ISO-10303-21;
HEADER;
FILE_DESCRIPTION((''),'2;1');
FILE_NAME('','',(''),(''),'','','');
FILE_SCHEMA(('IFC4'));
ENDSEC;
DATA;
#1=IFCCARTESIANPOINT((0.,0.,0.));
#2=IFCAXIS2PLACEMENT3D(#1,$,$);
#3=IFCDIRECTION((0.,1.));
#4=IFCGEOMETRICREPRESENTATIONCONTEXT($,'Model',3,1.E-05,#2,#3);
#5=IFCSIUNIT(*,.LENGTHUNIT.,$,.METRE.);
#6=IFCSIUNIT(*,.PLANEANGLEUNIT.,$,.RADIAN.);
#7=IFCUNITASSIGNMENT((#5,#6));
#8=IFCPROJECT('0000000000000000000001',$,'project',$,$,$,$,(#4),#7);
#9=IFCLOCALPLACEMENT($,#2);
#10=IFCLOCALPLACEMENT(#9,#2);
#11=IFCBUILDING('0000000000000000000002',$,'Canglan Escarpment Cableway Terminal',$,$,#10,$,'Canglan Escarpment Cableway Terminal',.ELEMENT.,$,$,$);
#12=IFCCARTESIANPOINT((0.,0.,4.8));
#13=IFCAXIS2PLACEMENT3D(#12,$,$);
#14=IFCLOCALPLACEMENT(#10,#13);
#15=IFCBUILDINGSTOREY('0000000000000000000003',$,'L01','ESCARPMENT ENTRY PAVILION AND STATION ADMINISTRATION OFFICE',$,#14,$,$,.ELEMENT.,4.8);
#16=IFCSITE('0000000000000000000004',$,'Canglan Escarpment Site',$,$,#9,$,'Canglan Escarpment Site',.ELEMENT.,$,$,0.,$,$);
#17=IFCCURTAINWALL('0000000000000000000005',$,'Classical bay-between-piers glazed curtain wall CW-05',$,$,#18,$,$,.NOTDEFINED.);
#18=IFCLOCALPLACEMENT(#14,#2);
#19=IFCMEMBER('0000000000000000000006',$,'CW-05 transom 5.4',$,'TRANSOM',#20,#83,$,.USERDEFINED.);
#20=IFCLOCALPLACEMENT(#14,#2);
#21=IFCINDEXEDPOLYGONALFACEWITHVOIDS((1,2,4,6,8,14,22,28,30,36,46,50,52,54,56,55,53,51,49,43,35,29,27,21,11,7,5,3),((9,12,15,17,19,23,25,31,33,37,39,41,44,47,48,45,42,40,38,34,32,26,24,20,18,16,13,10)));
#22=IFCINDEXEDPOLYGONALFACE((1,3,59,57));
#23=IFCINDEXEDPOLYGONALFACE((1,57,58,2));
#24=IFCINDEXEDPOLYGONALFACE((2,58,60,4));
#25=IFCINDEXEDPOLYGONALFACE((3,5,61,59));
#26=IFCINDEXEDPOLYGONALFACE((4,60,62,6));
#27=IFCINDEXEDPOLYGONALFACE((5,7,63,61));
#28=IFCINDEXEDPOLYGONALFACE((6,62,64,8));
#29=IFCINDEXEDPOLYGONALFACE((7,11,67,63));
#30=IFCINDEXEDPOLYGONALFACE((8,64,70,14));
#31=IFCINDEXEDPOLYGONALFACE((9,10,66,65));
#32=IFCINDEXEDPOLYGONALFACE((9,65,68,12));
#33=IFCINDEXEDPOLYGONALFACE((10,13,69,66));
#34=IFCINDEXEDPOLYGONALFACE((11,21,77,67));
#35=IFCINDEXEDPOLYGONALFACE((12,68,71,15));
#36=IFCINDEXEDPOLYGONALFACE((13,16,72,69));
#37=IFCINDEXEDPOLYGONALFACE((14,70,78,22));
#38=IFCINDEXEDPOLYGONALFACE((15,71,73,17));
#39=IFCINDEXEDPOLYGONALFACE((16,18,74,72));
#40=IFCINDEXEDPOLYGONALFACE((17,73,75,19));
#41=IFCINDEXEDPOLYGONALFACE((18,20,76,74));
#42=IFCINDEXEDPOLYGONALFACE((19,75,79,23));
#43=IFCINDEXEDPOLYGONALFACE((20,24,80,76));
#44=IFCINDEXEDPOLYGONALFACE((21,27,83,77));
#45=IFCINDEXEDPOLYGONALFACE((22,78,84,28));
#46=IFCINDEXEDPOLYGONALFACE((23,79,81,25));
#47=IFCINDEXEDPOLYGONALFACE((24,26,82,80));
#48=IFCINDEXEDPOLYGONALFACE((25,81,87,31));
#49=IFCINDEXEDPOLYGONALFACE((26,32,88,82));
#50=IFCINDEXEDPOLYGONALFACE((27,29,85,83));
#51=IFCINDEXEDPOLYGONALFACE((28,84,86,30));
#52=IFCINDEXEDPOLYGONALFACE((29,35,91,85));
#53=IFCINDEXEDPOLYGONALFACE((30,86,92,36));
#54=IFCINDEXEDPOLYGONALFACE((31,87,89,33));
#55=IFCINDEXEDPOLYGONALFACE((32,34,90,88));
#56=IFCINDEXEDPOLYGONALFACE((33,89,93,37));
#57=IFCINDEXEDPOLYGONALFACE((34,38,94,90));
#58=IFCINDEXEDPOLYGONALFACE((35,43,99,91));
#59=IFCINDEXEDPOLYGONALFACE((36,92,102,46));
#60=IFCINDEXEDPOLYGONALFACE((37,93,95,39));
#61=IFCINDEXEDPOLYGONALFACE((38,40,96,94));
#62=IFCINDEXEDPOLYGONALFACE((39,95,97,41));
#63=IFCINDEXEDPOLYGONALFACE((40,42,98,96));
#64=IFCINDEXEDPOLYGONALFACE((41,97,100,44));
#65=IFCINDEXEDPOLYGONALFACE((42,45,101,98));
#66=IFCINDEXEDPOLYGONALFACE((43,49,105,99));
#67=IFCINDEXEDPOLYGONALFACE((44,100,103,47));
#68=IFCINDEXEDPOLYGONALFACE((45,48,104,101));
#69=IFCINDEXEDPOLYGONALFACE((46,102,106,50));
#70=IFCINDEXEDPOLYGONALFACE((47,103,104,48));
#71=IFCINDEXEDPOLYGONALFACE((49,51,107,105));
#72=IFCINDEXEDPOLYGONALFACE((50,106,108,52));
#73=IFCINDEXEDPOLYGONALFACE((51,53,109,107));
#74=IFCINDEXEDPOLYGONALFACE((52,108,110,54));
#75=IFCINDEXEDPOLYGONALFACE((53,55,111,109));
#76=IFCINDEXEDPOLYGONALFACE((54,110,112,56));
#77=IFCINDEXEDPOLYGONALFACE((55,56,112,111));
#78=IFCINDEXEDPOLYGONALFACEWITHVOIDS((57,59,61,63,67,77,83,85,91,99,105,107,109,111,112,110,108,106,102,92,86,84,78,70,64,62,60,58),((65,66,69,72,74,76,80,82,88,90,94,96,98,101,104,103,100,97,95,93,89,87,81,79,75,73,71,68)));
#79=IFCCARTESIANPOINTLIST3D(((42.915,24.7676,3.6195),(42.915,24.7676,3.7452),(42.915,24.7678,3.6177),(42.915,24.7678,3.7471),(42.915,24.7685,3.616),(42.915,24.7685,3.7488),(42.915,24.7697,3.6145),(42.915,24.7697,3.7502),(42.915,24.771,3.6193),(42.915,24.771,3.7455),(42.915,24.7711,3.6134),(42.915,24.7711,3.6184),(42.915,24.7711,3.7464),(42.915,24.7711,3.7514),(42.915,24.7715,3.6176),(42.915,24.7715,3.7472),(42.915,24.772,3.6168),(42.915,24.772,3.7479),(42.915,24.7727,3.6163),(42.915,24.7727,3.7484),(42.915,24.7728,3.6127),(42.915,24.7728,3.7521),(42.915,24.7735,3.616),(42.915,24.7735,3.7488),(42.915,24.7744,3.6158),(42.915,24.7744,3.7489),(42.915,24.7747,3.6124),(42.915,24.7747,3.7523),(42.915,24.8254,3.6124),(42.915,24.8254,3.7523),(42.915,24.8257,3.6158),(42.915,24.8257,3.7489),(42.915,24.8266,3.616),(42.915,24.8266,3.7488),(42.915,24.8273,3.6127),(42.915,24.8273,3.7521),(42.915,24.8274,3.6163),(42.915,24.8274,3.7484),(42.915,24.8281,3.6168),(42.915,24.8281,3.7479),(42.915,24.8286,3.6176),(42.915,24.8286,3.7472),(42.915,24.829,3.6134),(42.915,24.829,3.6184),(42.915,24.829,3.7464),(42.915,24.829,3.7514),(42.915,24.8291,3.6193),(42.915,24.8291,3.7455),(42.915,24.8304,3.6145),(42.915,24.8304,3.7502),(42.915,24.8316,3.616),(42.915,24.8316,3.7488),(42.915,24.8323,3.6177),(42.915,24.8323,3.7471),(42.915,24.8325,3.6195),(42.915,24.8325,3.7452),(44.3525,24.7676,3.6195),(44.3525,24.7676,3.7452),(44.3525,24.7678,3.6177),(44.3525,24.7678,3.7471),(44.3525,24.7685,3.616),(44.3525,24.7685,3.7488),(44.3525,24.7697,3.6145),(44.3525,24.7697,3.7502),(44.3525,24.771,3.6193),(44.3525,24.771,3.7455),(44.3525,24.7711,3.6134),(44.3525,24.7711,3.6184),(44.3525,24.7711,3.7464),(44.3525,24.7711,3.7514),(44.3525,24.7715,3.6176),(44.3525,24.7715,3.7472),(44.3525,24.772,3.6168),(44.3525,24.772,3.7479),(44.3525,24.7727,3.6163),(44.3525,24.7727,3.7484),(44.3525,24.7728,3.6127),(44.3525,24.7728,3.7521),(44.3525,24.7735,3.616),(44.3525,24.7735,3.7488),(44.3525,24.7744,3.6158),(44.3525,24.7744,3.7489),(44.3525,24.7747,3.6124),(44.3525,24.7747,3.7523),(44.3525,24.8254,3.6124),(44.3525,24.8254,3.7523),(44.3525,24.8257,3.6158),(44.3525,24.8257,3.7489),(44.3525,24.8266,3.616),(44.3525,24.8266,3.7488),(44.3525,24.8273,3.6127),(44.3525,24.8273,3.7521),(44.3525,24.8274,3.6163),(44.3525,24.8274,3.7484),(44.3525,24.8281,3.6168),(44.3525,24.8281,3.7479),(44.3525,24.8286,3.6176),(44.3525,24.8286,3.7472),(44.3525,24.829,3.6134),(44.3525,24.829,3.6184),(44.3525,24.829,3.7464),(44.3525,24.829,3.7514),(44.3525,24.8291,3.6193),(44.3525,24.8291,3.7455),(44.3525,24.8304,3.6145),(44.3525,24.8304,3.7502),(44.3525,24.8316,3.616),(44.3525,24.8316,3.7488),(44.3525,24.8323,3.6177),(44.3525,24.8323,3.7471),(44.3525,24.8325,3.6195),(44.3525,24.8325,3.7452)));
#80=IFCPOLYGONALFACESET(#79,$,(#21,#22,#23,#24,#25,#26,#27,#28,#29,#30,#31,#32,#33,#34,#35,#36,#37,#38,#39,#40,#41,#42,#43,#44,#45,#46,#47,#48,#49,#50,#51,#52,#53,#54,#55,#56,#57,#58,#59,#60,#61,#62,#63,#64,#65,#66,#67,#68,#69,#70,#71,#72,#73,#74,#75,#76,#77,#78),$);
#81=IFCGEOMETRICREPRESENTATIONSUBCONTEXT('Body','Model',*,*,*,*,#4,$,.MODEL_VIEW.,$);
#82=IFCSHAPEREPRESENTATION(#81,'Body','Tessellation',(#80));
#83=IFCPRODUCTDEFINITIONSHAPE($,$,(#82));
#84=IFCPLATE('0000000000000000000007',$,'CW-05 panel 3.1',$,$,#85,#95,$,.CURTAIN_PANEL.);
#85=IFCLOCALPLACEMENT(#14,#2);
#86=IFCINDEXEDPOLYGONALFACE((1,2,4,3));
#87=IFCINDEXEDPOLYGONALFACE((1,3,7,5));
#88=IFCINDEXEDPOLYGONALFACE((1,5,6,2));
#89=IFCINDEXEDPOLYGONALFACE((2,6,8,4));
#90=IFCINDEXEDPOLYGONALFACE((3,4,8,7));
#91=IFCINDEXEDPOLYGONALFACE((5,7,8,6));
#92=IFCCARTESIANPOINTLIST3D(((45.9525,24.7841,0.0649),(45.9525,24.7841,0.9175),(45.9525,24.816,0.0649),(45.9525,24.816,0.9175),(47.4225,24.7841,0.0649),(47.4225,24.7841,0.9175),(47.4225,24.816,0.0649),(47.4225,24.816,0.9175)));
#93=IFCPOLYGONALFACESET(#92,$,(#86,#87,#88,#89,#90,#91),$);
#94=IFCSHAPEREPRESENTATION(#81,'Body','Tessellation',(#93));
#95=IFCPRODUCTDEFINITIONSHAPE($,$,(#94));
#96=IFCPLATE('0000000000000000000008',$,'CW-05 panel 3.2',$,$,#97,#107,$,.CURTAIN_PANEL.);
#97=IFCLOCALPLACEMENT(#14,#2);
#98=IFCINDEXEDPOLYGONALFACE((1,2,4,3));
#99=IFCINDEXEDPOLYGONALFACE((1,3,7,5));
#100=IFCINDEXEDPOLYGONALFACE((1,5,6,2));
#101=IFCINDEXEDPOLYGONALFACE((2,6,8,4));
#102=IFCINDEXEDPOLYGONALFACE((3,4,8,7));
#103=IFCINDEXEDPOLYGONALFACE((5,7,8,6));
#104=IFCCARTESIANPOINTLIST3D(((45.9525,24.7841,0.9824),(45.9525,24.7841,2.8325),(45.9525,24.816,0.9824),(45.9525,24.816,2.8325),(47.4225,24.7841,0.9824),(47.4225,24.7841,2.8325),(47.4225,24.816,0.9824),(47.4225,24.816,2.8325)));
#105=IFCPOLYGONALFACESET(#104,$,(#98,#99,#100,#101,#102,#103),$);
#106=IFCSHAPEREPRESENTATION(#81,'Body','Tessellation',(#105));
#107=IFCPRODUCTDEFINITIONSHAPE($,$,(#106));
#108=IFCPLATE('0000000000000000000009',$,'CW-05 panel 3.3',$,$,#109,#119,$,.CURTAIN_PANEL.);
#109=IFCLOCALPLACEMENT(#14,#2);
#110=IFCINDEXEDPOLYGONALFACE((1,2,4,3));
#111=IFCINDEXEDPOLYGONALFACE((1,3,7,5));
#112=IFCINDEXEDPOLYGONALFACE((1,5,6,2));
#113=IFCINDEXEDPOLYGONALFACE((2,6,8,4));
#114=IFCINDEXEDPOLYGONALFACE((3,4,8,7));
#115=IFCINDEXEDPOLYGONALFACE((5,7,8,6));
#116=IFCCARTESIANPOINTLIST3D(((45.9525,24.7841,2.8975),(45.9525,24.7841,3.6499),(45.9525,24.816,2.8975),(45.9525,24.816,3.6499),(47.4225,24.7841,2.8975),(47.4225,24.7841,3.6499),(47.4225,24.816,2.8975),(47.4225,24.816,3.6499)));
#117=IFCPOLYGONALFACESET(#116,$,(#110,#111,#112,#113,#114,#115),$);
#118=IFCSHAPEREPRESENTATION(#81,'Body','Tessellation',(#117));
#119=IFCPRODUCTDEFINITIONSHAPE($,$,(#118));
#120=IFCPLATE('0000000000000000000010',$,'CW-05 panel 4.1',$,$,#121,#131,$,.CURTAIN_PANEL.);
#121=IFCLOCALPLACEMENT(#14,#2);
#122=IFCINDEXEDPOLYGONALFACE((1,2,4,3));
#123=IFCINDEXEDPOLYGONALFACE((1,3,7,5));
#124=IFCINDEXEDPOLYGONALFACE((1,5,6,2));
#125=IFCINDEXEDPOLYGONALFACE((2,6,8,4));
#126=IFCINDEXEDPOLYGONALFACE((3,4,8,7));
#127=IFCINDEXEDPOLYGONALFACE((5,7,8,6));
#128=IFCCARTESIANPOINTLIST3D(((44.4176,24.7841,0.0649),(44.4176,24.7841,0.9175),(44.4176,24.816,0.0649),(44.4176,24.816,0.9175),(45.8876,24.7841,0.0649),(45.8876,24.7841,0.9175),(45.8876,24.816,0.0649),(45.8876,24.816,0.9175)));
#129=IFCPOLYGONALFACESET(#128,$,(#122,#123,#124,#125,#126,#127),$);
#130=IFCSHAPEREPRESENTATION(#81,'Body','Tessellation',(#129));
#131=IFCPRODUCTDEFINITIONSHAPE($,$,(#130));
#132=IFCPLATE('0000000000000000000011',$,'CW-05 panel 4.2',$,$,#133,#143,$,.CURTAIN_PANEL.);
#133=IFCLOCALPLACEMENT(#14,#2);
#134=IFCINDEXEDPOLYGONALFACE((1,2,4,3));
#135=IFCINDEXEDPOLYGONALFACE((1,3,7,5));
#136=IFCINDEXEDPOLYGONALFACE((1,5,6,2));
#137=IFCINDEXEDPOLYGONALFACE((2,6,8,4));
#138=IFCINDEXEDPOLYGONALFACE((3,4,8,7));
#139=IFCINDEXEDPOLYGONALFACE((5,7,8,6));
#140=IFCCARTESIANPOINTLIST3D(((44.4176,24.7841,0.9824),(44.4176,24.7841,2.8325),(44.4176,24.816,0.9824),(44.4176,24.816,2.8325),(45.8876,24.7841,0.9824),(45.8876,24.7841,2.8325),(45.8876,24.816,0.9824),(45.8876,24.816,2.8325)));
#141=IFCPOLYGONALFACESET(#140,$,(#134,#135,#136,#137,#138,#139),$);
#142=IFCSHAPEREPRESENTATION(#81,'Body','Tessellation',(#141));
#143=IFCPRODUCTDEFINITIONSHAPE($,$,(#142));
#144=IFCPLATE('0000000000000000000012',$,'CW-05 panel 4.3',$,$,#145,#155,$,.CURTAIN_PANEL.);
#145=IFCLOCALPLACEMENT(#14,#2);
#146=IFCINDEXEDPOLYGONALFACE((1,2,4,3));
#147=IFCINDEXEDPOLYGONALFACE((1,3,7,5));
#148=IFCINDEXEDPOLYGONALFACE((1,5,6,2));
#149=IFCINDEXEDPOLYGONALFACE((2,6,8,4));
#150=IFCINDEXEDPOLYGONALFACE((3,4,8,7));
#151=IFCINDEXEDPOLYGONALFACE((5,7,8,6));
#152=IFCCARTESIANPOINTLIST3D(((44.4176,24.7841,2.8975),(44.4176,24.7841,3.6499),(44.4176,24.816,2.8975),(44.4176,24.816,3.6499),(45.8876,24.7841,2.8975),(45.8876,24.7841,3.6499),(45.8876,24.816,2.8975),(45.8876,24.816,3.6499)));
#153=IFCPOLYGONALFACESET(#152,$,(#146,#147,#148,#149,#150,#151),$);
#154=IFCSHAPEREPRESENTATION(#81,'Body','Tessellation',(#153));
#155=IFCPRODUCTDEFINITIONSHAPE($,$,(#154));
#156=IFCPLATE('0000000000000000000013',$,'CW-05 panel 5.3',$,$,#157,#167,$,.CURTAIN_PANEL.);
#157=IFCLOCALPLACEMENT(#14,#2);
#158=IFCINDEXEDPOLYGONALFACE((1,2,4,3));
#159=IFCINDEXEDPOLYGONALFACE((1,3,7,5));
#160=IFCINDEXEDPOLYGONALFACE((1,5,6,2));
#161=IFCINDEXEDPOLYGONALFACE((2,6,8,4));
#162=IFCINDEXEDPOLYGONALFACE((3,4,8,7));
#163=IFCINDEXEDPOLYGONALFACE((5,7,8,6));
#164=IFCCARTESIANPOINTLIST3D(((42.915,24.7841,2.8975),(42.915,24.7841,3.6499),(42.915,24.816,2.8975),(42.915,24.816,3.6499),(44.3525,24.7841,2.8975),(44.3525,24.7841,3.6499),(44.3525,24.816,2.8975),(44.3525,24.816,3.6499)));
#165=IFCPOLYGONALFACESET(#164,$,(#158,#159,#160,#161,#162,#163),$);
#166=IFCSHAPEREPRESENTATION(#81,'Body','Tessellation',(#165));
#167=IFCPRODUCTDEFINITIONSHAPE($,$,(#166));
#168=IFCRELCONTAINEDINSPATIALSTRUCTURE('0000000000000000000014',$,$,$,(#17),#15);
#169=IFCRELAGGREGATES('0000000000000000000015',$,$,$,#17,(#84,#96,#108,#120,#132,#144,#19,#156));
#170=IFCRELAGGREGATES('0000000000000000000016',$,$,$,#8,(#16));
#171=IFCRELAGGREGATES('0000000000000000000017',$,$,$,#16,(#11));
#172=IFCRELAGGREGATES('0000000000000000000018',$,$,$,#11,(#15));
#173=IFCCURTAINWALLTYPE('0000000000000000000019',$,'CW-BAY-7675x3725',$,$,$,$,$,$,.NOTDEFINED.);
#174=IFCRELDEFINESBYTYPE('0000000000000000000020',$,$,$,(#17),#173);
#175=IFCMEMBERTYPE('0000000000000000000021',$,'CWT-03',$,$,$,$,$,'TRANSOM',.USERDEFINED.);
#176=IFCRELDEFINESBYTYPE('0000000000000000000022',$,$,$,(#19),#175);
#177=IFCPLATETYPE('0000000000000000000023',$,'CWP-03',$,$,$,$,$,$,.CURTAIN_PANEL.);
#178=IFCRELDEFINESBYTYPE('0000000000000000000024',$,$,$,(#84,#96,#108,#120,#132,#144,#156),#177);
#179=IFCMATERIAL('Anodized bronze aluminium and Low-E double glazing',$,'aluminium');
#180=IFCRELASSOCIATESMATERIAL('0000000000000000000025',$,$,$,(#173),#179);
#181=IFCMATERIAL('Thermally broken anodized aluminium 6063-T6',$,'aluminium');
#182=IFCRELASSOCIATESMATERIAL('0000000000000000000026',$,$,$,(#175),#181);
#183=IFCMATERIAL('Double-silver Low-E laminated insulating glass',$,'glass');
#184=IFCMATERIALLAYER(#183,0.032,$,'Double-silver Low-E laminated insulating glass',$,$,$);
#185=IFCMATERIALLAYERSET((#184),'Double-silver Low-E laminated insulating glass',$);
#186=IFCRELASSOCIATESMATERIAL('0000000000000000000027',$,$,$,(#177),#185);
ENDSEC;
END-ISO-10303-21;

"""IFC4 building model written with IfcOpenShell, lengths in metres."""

from ifc_helpers import new_model, si_unit, direction, frame, origin, origin_2d, place, context, subcontext, project, spatial, rectangle, hollow_rectangle, extrude, material, layer, layer_set, material_profile, profile_set, type_object, element, aggregate, save


model = new_model("IFC4")

# Units and contexts
model_context = context("Model", 3, precision=1e-05, world=origin(), true_north=direction((0.0, 1.0)))
body_context = subcontext(model_context, "Body", "Model", "MODEL_VIEW")
ifc_project = project(units=[si_unit("LENGTHUNIT", "METRE"), si_unit("PLANEANGLEUNIT", "RADIAN")], contexts=[model_context])

# Site, building, storey
site_placement = place(None, origin())
site = spatial("IfcSite", under=ifc_project, at=site_placement, Name="Canglan Escarpment Site", LongName="Canglan Escarpment Site", CompositionType="ELEMENT", RefElevation=0.0)
building_placement = place(site_placement, origin())
building = spatial("IfcBuilding", under=site, at=building_placement, Name="Canglan Escarpment Cableway Terminal", LongName="Canglan Escarpment Cableway Terminal", CompositionType="ELEMENT")
storey_placement = place(building_placement, frame((0.0, 0.0, 4.8)))
storey = spatial("IfcBuildingStorey", under=building, at=storey_placement, Name="L01", Description="ESCARPMENT ENTRY PAVILION AND STATION ADMINISTRATION OFFICE", CompositionType="ELEMENT", Elevation=4.8)

# Curtain wall, member, plates
ifc_material_1 = material(Name="Anodized bronze aluminium and Low-E double glazing", Category="aluminium")
curtain_wall_type = type_object("IfcCurtainWallType", Name="CW-BAY-7675x3725", PredefinedType="NOTDEFINED", material=ifc_material_1)
curtain_wall_placement = place(storey_placement, origin())
curtain_wall = element("IfcCurtainWall", 1, at=curtain_wall_placement, inside=storey, type_object=curtain_wall_type, Name="Classical bay-between-piers glazed curtain wall CW-05", PredefinedType="NOTDEFINED")
ifc_material_2 = material(Name="Thermally broken anodized aluminium 6063-T6", Category="aluminium")
ifc_material_profile_1 = material_profile(ifc_material_2, hollow_rectangle(XDim=0.0649, YDim=0.1399, WallThickness=0.0034, InnerFilletRadius=0.0034, OuterFilletRadius=0.0071, at=origin_2d()), Name="ALU-TRAN 65x140x3.5")
ifc_profile_set_1 = profile_set([ifc_material_profile_1], Name="Thermally broken anodized aluminium 6063-T6")
member_type_1 = type_object("IfcMemberType", Name="CWT-03", ElementType="TRANSOM", PredefinedType="USERDEFINED", material=ifc_profile_set_1)
member_1_placement = place(storey_placement, frame((44.3525, 24.8, 3.6824), z_axis=(-1.0, 0.0, 0.0), x_axis=(0.0, -1.0, 0.0)))
member_1 = element("IfcMember", 2, at=member_1_placement, type_object=member_type_1, Name="CW-05 transom 5.4", ObjectType="TRANSOM", PredefinedType="USERDEFINED", context=body_context, shape_type="SweptSolid", body=[
    extrude(hollow_rectangle(XDim=0.0649, YDim=0.1399, WallThickness=0.0034, InnerFilletRadius=0.0034, OuterFilletRadius=0.0071, at=origin_2d()), origin(), (0.0, 0.0, 1.0), 1.4375),
])
ifc_material_3 = material(Name="Double-silver Low-E laminated insulating glass", Category="glass")
ifc_layer = layer(ifc_material_3, 0.032, Name="Double-silver Low-E laminated insulating glass")
ifc_layer_set = layer_set([ifc_layer], Name="Double-silver Low-E laminated insulating glass")
plate_type = type_object("IfcPlateType", Name="CWP-03", PredefinedType="CURTAIN_PANEL", material=ifc_layer_set)
plate_1_placement = place(storey_placement, frame((46.6875, 24.8, 0.0649), z_axis=(0.0, 0.0, 1.0), x_axis=(-1.0, 0.0, 0.0)))
plate_1 = element("IfcPlate", 3, at=plate_1_placement, type_object=plate_type, Name="CW-05 panel 3.1", PredefinedType="CURTAIN_PANEL", context=body_context, shape_type="SweptSolid", body=[
    extrude(rectangle(XDim=1.47, YDim=0.032, at=origin_2d()), origin(), (0.0, 0.0, 1.0), 0.8525),
])
plate_2_placement = place(storey_placement, frame((46.6875, 24.8, 0.9824), z_axis=(0.0, 0.0, 1.0), x_axis=(-1.0, 0.0, 0.0)))
plate_2 = element("IfcPlate", 4, at=plate_2_placement, type_object=plate_type, Name="CW-05 panel 3.2", PredefinedType="CURTAIN_PANEL", context=body_context, shape_type="SweptSolid", body=[
    extrude(rectangle(XDim=1.47, YDim=0.032, at=origin_2d()), origin(), (0.0, 0.0, 1.0), 1.8501),
])
plate_3_placement = place(storey_placement, frame((46.6875, 24.8, 2.8975), z_axis=(0.0, 0.0, 1.0), x_axis=(-1.0, 0.0, 0.0)))
plate_3 = element("IfcPlate", 5, at=plate_3_placement, type_object=plate_type, Name="CW-05 panel 3.3", PredefinedType="CURTAIN_PANEL", context=body_context, shape_type="SweptSolid", body=[
    extrude(rectangle(XDim=1.47, YDim=0.032, at=origin_2d()), origin(), (0.0, 0.0, 1.0), 0.7524),
])
plate_4_placement = place(storey_placement, frame((45.1526, 24.8, 0.0649), z_axis=(0.0, 0.0, 1.0), x_axis=(-1.0, 0.0, 0.0)))
plate_4 = element("IfcPlate", 6, at=plate_4_placement, type_object=plate_type, Name="CW-05 panel 4.1", PredefinedType="CURTAIN_PANEL", context=body_context, shape_type="SweptSolid", body=[
    extrude(rectangle(XDim=1.47, YDim=0.032, at=origin_2d()), origin(), (0.0, 0.0, 1.0), 0.8525),
])
plate_5_placement = place(storey_placement, frame((45.1526, 24.8, 0.9824), z_axis=(0.0, 0.0, 1.0), x_axis=(-1.0, 0.0, 0.0)))
plate_5 = element("IfcPlate", 7, at=plate_5_placement, type_object=plate_type, Name="CW-05 panel 4.2", PredefinedType="CURTAIN_PANEL", context=body_context, shape_type="SweptSolid", body=[
    extrude(rectangle(XDim=1.47, YDim=0.032, at=origin_2d()), origin(), (0.0, 0.0, 1.0), 1.8501),
])
plate_6_placement = place(storey_placement, frame((45.1526, 24.8, 2.8975), z_axis=(0.0, 0.0, 1.0), x_axis=(-1.0, 0.0, 0.0)))
plate_6 = element("IfcPlate", 8, at=plate_6_placement, type_object=plate_type, Name="CW-05 panel 4.3", PredefinedType="CURTAIN_PANEL", context=body_context, shape_type="SweptSolid", body=[
    extrude(rectangle(XDim=1.47, YDim=0.032, at=origin_2d()), origin(), (0.0, 0.0, 1.0), 0.7524),
])
plate_7_placement = place(storey_placement, frame((43.6338, 24.8, 2.8975), z_axis=(0.0, 0.0, 1.0), x_axis=(-1.0, 0.0, 0.0)))
plate_7 = element("IfcPlate", 9, at=plate_7_placement, type_object=plate_type, Name="CW-05 panel 5.3", PredefinedType="CURTAIN_PANEL", context=body_context, shape_type="SweptSolid", body=[
    extrude(rectangle(XDim=1.4375, YDim=0.032, at=origin_2d()), origin(), (0.0, 0.0, 1.0), 0.7524),
])
aggregate(curtain_wall, [plate_1, plate_2, plate_3, plate_4, plate_5, plate_6, member_1, plate_7])

save(model, "model.ifc")
